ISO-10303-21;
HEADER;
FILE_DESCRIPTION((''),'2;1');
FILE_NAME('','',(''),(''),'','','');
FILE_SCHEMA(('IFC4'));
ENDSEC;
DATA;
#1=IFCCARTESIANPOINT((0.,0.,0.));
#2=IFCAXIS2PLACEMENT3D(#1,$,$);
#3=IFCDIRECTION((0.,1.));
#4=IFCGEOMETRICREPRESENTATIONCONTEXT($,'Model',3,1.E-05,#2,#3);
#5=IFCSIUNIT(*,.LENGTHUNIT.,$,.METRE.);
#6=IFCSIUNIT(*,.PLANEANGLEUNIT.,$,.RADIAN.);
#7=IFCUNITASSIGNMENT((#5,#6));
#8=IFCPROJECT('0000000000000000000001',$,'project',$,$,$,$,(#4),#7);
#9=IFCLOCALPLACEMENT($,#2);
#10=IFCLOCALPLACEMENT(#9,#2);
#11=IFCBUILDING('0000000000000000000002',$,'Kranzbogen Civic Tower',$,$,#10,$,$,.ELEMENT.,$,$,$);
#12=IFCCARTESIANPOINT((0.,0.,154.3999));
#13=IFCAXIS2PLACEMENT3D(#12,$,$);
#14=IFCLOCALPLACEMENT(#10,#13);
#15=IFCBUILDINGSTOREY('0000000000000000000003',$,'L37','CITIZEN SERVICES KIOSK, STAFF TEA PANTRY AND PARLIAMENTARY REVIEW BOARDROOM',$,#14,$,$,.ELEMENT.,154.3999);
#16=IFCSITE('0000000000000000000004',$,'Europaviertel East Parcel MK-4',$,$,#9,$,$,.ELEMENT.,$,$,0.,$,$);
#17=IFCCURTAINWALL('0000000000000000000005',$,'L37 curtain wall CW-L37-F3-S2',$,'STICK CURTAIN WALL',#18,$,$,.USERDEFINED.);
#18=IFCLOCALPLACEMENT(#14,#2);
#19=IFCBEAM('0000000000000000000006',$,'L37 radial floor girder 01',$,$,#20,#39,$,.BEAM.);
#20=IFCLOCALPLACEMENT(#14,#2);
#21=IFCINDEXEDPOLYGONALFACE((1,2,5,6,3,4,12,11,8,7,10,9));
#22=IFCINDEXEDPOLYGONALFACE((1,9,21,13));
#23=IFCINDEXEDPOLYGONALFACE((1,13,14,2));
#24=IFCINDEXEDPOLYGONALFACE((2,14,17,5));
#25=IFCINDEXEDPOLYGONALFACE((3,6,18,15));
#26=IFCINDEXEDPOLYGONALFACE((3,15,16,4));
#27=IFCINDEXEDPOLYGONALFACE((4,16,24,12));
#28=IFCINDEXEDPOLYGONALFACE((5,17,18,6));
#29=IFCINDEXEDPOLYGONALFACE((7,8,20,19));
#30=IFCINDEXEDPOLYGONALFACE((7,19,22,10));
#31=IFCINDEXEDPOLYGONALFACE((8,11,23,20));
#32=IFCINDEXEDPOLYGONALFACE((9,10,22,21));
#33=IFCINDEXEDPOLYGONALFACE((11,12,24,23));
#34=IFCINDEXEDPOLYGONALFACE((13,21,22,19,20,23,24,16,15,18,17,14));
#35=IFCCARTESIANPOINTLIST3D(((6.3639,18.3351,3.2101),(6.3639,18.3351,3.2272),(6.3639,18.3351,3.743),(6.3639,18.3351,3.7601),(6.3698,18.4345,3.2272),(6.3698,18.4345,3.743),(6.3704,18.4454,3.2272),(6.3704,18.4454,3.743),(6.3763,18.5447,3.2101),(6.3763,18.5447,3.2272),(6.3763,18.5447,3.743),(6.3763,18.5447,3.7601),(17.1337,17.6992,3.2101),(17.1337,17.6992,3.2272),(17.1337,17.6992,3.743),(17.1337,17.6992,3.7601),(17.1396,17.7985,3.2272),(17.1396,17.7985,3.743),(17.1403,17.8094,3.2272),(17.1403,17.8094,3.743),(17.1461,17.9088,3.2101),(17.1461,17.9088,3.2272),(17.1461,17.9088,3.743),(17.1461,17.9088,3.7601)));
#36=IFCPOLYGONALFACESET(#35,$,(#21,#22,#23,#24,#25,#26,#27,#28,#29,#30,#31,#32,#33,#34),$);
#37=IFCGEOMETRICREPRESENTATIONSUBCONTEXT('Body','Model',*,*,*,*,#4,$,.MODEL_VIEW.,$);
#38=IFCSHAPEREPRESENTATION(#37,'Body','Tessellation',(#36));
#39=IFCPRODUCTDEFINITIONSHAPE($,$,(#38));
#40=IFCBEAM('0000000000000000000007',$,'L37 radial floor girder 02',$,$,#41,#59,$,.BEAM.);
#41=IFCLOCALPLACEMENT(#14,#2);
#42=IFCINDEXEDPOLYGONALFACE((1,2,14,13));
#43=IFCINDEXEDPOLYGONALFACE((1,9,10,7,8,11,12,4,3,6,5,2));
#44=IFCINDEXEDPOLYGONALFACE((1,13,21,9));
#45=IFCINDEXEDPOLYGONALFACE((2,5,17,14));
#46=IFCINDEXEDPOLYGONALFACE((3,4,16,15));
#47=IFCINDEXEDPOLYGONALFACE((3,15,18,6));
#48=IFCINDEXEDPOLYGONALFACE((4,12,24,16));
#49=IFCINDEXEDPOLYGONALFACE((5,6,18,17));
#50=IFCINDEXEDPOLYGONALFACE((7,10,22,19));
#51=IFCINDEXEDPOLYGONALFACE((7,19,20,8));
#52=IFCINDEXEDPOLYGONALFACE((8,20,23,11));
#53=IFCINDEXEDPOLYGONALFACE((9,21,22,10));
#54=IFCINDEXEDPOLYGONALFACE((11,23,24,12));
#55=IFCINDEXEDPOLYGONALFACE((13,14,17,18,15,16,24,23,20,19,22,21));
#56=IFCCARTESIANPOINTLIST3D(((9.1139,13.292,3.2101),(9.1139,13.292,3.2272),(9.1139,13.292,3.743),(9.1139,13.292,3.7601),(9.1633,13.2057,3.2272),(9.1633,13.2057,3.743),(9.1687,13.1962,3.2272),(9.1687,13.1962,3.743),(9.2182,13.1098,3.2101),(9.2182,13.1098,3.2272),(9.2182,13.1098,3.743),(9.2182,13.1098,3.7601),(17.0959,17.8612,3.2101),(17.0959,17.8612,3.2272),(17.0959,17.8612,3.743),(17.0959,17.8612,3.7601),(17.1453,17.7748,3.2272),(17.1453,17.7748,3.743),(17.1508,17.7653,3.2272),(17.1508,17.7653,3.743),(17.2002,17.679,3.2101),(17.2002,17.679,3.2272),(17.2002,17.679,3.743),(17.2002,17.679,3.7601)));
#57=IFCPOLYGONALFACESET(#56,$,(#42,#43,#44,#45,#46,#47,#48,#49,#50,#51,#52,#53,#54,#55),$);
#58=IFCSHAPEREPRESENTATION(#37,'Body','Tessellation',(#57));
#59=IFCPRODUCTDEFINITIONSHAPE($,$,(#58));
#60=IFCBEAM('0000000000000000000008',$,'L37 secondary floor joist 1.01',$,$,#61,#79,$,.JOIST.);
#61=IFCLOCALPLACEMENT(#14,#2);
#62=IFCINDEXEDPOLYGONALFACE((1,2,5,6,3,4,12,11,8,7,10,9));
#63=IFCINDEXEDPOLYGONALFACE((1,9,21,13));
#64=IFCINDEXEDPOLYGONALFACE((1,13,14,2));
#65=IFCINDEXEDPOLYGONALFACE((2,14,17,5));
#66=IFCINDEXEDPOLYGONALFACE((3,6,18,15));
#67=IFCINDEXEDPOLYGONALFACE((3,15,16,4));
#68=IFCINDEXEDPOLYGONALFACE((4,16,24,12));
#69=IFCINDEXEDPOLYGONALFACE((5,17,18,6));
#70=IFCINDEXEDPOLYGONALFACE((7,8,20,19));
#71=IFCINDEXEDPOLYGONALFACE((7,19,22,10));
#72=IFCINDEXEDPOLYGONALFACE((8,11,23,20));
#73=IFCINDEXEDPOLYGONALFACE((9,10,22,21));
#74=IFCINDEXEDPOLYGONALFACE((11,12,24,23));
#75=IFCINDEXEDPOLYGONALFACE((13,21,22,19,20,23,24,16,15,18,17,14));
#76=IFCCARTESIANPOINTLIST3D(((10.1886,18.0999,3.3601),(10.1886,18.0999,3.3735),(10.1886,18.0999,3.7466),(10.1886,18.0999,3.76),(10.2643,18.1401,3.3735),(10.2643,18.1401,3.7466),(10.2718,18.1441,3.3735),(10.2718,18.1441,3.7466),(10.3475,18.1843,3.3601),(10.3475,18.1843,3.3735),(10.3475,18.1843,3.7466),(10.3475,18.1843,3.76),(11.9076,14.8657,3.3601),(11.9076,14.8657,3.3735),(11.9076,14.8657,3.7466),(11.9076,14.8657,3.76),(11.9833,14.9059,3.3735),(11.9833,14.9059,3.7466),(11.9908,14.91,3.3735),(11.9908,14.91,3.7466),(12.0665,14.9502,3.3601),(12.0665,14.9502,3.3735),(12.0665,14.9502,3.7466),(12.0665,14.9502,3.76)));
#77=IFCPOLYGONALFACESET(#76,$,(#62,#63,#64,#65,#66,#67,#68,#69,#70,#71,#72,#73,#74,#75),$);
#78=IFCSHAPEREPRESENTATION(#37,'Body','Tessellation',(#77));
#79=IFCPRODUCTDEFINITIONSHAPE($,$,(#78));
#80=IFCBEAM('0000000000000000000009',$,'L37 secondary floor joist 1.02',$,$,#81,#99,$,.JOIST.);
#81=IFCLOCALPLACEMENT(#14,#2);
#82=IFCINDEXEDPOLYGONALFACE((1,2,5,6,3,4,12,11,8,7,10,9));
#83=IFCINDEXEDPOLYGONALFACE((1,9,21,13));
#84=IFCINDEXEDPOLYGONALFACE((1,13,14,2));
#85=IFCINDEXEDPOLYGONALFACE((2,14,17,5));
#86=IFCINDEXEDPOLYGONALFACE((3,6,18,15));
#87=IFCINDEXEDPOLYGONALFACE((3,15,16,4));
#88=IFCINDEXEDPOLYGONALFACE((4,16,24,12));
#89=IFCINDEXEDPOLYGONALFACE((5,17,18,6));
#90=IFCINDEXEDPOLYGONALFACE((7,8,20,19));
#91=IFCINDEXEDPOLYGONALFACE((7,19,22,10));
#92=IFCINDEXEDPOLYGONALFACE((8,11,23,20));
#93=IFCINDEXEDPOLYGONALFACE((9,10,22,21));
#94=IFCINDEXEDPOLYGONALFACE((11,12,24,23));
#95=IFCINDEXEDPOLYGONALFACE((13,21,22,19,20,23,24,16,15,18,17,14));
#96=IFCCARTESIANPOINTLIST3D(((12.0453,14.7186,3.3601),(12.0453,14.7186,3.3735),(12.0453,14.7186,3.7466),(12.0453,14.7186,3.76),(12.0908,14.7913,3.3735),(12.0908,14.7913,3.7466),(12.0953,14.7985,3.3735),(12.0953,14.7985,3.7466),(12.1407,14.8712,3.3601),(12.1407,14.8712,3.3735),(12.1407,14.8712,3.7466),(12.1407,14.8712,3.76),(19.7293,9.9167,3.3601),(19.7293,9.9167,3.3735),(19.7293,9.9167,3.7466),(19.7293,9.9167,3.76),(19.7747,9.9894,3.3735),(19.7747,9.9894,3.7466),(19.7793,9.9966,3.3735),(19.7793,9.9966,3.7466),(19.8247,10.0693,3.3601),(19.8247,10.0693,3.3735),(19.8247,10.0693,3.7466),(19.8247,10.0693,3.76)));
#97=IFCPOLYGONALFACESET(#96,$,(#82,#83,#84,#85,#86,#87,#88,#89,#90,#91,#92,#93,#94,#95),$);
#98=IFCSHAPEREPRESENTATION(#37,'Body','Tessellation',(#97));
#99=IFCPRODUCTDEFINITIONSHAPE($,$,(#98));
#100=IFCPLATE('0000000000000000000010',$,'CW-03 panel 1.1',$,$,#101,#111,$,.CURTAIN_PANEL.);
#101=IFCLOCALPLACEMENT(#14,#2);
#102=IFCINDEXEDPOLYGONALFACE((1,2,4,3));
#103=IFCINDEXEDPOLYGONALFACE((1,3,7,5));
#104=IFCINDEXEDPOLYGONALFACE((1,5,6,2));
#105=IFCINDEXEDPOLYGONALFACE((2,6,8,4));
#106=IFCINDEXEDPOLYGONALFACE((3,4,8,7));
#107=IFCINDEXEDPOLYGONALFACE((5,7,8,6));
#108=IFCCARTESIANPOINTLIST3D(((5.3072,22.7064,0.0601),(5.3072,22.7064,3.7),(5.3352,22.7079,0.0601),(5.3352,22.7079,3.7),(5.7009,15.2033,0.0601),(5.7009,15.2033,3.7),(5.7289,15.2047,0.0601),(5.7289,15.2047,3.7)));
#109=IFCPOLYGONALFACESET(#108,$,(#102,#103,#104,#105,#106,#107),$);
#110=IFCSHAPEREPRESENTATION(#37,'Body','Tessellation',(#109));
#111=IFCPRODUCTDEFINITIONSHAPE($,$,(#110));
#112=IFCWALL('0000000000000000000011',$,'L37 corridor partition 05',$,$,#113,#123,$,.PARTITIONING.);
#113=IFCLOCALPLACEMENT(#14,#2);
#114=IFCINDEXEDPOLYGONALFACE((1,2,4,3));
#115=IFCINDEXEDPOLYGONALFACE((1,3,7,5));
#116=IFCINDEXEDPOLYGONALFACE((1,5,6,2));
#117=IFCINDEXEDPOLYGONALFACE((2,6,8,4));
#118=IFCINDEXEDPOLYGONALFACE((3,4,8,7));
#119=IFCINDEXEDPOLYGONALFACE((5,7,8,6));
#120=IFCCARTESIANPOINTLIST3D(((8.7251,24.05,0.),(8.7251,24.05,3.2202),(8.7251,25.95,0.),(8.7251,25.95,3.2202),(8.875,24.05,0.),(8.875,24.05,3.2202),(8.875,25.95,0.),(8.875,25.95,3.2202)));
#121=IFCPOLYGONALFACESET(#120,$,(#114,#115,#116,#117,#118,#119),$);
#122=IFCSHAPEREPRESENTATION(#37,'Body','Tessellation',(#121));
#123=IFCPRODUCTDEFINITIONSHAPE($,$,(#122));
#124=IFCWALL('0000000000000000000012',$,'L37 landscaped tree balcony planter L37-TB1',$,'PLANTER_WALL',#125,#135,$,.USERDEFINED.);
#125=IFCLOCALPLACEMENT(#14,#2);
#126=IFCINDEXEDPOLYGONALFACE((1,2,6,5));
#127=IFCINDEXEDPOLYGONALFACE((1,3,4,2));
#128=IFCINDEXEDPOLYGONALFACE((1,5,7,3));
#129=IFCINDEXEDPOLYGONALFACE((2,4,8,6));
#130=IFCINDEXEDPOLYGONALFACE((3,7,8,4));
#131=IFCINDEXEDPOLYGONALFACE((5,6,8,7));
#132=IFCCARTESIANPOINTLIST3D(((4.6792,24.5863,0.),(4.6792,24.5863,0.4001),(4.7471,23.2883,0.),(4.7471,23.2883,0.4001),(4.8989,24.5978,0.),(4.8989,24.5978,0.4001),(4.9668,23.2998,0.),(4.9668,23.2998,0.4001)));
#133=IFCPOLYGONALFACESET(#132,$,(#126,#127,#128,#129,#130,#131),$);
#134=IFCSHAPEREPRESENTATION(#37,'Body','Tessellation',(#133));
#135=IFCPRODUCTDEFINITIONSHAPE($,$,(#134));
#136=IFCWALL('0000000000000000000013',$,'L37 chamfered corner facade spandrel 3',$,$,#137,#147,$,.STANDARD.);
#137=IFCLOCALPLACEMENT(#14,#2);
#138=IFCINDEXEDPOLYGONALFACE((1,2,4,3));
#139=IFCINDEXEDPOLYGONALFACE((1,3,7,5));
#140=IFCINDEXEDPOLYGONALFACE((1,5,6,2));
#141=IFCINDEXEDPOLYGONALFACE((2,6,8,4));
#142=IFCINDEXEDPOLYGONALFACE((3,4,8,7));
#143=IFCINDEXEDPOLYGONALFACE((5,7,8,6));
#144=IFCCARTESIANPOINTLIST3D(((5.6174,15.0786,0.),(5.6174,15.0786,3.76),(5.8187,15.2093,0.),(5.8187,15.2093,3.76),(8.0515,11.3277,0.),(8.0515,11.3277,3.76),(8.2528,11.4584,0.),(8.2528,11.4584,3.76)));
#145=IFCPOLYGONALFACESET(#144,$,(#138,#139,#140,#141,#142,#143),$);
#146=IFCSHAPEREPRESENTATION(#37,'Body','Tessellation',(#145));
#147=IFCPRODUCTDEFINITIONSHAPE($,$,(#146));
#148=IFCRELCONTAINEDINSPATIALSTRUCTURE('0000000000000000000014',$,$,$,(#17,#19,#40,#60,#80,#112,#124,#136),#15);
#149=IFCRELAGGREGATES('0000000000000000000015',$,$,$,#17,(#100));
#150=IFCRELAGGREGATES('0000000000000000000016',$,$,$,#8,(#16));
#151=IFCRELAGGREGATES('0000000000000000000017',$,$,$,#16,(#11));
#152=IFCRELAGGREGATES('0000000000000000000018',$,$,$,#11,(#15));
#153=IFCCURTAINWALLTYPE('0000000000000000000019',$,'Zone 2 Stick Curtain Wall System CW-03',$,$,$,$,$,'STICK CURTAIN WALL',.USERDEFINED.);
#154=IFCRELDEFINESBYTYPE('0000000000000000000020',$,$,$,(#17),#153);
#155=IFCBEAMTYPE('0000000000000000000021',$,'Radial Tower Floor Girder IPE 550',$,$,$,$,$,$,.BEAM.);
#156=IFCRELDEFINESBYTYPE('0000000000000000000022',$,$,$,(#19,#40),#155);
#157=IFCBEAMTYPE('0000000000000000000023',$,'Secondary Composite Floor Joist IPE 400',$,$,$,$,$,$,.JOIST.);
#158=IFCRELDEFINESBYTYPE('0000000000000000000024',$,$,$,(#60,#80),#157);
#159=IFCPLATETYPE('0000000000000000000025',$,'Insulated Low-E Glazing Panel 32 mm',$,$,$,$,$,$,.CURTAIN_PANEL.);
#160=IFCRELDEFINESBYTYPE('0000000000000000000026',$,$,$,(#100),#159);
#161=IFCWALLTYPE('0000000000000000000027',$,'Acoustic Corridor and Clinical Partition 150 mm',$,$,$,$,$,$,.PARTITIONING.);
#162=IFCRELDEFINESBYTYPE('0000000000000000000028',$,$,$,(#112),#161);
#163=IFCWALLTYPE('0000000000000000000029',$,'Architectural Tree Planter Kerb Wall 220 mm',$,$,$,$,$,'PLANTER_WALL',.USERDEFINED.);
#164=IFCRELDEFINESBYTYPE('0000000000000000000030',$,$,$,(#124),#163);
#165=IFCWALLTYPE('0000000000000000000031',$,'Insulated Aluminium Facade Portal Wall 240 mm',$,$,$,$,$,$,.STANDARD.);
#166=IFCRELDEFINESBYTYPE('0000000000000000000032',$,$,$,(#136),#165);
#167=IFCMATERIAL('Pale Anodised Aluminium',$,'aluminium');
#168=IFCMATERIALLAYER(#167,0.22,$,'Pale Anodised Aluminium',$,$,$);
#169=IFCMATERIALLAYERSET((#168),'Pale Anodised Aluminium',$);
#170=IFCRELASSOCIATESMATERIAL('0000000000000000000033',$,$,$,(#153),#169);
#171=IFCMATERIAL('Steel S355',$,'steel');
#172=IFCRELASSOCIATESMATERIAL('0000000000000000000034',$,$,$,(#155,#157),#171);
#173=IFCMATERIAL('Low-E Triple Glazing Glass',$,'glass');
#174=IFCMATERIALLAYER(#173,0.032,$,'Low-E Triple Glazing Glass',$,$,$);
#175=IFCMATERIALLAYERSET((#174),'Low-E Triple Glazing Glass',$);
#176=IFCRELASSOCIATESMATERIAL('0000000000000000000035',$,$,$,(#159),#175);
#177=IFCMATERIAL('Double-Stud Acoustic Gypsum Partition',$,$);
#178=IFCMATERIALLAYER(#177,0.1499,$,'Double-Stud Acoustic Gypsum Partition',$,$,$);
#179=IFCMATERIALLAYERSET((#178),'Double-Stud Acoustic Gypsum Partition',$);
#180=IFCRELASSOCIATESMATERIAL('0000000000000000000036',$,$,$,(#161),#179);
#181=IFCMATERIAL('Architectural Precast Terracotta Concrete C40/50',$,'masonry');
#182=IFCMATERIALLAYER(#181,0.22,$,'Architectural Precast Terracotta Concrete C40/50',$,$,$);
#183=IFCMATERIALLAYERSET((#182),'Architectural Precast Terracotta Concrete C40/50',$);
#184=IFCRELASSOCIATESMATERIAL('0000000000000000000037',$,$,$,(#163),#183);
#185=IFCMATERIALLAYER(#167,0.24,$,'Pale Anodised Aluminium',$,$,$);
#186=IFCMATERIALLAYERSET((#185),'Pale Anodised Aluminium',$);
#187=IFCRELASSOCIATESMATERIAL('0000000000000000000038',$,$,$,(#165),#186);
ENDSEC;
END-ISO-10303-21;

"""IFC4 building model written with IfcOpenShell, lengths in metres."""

from ifc_helpers import new_model, si_unit, direction, frame, frame_2d, origin, origin_2d, place, context, subcontext, project, spatial, rectangle, i_section, extrude, material, layer, layer_set, material_profile, profile_set, type_object, element, aggregate, save


model = new_model("IFC4")

# Units and contexts
model_context = context("Model", 3, precision=1e-05, world=origin(), true_north=direction((0.0, 1.0)))
body_context = subcontext(model_context, "Body", "Model", "MODEL_VIEW")
ifc_project = project(units=[si_unit("LENGTHUNIT", "METRE"), si_unit("PLANEANGLEUNIT", "RADIAN")], contexts=[model_context])

# Site, building, storey
site_placement = place(None, origin())
site = spatial("IfcSite", under=ifc_project, at=site_placement, Name="Europaviertel East Parcel MK-4", CompositionType="ELEMENT", RefElevation=0.0)
building_placement = place(site_placement, origin())
building = spatial("IfcBuilding", under=site, at=building_placement, Name="Kranzbogen Civic Tower", CompositionType="ELEMENT")
storey_placement = place(building_placement, frame((0.0, 0.0, 154.3999)))
storey = spatial("IfcBuildingStorey", under=building, at=storey_placement, Name="L37", Description="CITIZEN SERVICES KIOSK, STAFF TEA PANTRY AND PARLIAMENTARY REVIEW BOARDROOM", CompositionType="ELEMENT", Elevation=154.3999)

# Shared definitions
ifc_material_1 = material(Name="Steel S355", Category="steel")

# Curtain wall
ifc_material_2 = material(Name="Pale Anodised Aluminium", Category="aluminium")
ifc_layer_1 = layer(ifc_material_2, 0.22, Name="Pale Anodised Aluminium")
ifc_layer_set_1 = layer_set([ifc_layer_1], Name="Pale Anodised Aluminium")
curtain_wall_type = type_object("IfcCurtainWallType", Name="Zone 2 Stick Curtain Wall System CW-03", ElementType="STICK CURTAIN WALL", PredefinedType="USERDEFINED", material=ifc_layer_set_1)
curtain_wall_placement = place(storey_placement, origin())
curtain_wall = element("IfcCurtainWall", 1, at=curtain_wall_placement, inside=storey, type_object=curtain_wall_type, Name="L37 curtain wall CW-L37-F3-S2", ObjectType="STICK CURTAIN WALL", PredefinedType="USERDEFINED")

# Beams
ifc_material_profile_1 = material_profile(ifc_material_1, i_section(OverallWidth=0.21, OverallDepth=0.55, WebThickness=0.011, FlangeThickness=0.0171, at=origin_2d()), Name="IPE 550")
ifc_profile_set_1 = profile_set([ifc_material_profile_1], Name="Steel S355")
beam_type_1 = type_object("IfcBeamType", Name="Radial Tower Floor Girder IPE 550", PredefinedType="BEAM", material=ifc_profile_set_1)
beam_1_placement = place(storey_placement, frame((6.3701, 18.4399, 3.4851), z_axis=(0.998261, -0.05895, 0.0), x_axis=(0.05895, 0.998261, 0.0)))
element("IfcBeam", 2, at=beam_1_placement, inside=storey, type_object=beam_type_1, Name="L37 radial floor girder 01", PredefinedType="BEAM", context=body_context, shape_type="SweptSolid", body=[
    extrude(i_section(OverallWidth=0.21, OverallDepth=0.55, WebThickness=0.011, FlangeThickness=0.0171, at=origin_2d()), origin(), (0.0, 0.0, 1.0), 10.7886),
])
beam_2_placement = place(storey_placement, frame((9.166, 13.2009, 3.4851), z_axis=(0.867869, 0.496793, 0.0), x_axis=(-0.496793, 0.867869, 0.0)))
element("IfcBeam", 3, at=beam_2_placement, inside=storey, type_object=beam_type_1, Name="L37 radial floor girder 02", PredefinedType="BEAM", context=body_context, shape_type="SweptSolid", body=[
    extrude(i_section(OverallWidth=0.21, OverallDepth=0.55, WebThickness=0.011, FlangeThickness=0.0171, at=origin_2d()), origin(), (0.0, 0.0, 1.0), 9.1973),
])
ifc_material_profile_2 = material_profile(ifc_material_1, i_section(OverallWidth=0.1799, OverallDepth=0.3999, WebThickness=0.0085, FlangeThickness=0.0134, at=origin_2d()), Name="IPE 400")
ifc_profile_set_2 = profile_set([ifc_material_profile_2], Name="Steel S355")
beam_type_2 = type_object("IfcBeamType", Name="Secondary Composite Floor Joist IPE 400", PredefinedType="JOIST", material=ifc_profile_set_2)
beam_3_placement = place(storey_placement, frame((10.2681, 18.1421, 3.5601), z_axis=(0.469339, -0.883018, 0.0), x_axis=(0.883018, 0.469339, 0.0)))
element("IfcBeam", 4, at=beam_3_placement, inside=storey, type_object=beam_type_2, Name="L37 secondary floor joist 1.01", PredefinedType="JOIST", context=body_context, shape_type="SweptSolid", body=[
    extrude(i_section(OverallWidth=0.1799, OverallDepth=0.3999, WebThickness=0.0085, FlangeThickness=0.0134, at=origin_2d()), origin(), (0.0, 0.0, 1.0), 3.6626),
])
beam_4_placement = place(storey_placement, frame((12.093, 14.7949, 3.5601), z_axis=(0.848026, -0.529955, 0.0), x_axis=(0.529955, 0.848026, 0.0)))
element("IfcBeam", 5, at=beam_4_placement, inside=storey, type_object=beam_type_2, Name="L37 secondary floor joist 1.02", PredefinedType="JOIST", context=body_context, shape_type="SweptSolid", body=[
    extrude(i_section(OverallWidth=0.1799, OverallDepth=0.3999, WebThickness=0.0085, FlangeThickness=0.0134, at=origin_2d()), origin(), (0.0, 0.0, 1.0), 9.061),
])

# Plate
ifc_material_3 = material(Name="Low-E Triple Glazing Glass", Category="glass")
ifc_layer_2 = layer(ifc_material_3, 0.032, Name="Low-E Triple Glazing Glass")
ifc_layer_set_2 = layer_set([ifc_layer_2], Name="Low-E Triple Glazing Glass")
plate_type = type_object("IfcPlateType", Name="Insulated Low-E Glazing Panel 32 mm", PredefinedType="CURTAIN_PANEL", material=ifc_layer_set_2)
plate_placement = place(storey_placement, frame((5.5181, 18.9556, 0.0601), z_axis=(0.0, 0.0, 1.0), x_axis=(0.052401, -0.998626, 0.0)))
plate = element("IfcPlate", 6, at=plate_placement, type_object=plate_type, Name="CW-03 panel 1.1", PredefinedType="CURTAIN_PANEL", context=body_context, shape_type="SweptSolid", body=[
    extrude(rectangle(XDim=7.5134, YDim=0.0281, at=origin_2d()), origin(), (0.0, 0.0, 1.0), 3.6399),
])
aggregate(curtain_wall, [plate])

# Walls
ifc_material_4 = material(Name="Double-Stud Acoustic Gypsum Partition")
ifc_layer_3 = layer(ifc_material_4, 0.1499, Name="Double-Stud Acoustic Gypsum Partition")
ifc_layer_set_3 = layer_set([ifc_layer_3], Name="Double-Stud Acoustic Gypsum Partition")
wall_type_1 = type_object("IfcWallType", Name="Acoustic Corridor and Clinical Partition 150 mm", PredefinedType="PARTITIONING", material=ifc_layer_set_3)
wall_1_placement = place(storey_placement, frame((8.8, 24.05, 0.0), z_axis=(0.0, 0.0, 1.0), x_axis=(0.0, 1.0, 0.0)))
element("IfcWall", 7, at=wall_1_placement, inside=storey, type_object=wall_type_1, Name="L37 corridor partition 05", PredefinedType="PARTITIONING", context=body_context, shape_type="SweptSolid", body=[
    extrude(rectangle(XDim=1.8999, YDim=0.1499, at=frame_2d((0.95, 0.0))), origin(), (0.0, 0.0, 1.0), 3.2202),
])
ifc_material_5 = material(Name="Architectural Precast Terracotta Concrete C40/50", Category="masonry")
ifc_layer_4 = layer(ifc_material_5, 0.22, Name="Architectural Precast Terracotta Concrete C40/50")
ifc_layer_set_4 = layer_set([ifc_layer_4], Name="Architectural Precast Terracotta Concrete C40/50")
wall_type_2 = type_object("IfcWallType", Name="Architectural Tree Planter Kerb Wall 220 mm", ElementType="PLANTER_WALL", PredefinedType="USERDEFINED", material=ifc_layer_set_4)
wall_2_placement = place(storey_placement, frame((4.7891, 24.592, 0.0), z_axis=(0.0, 0.0, 1.0), x_axis=(0.052214, -0.998636, 0.0)))
element("IfcWall", 8, at=wall_2_placement, inside=storey, type_object=wall_type_2, Name="L37 landscaped tree balcony planter L37-TB1", ObjectType="PLANTER_WALL", PredefinedType="USERDEFINED", context=body_context, shape_type="SweptSolid", body=[
    extrude(rectangle(XDim=1.2998, YDim=0.22, at=frame_2d((0.6499, 0.0))), origin(), (0.0, 0.0, 1.0), 0.4001),
])
ifc_layer_5 = layer(ifc_material_2, 0.24, Name="Pale Anodised Aluminium")
ifc_layer_set_5 = layer_set([ifc_layer_5], Name="Pale Anodised Aluminium")
wall_type_3 = type_object("IfcWallType", Name="Insulated Aluminium Facade Portal Wall 240 mm", PredefinedType="STANDARD", material=ifc_layer_set_5)
wall_3_placement = place(storey_placement, frame((5.718, 15.144, 0.0), z_axis=(0.0, 0.0, 1.0), x_axis=(0.544351, -0.838858, 0.0)))
element("IfcWall", 9, at=wall_3_placement, inside=storey, type_object=wall_type_3, Name="L37 chamfered corner facade spandrel 3", PredefinedType="STANDARD", context=body_context, shape_type="SweptSolid", body=[
    extrude(rectangle(XDim=4.4714, YDim=0.24, at=frame_2d((2.2358, 0.0))), origin(), (0.0, 0.0, 1.0), 3.76),
])

save(model, "model.ifc")
